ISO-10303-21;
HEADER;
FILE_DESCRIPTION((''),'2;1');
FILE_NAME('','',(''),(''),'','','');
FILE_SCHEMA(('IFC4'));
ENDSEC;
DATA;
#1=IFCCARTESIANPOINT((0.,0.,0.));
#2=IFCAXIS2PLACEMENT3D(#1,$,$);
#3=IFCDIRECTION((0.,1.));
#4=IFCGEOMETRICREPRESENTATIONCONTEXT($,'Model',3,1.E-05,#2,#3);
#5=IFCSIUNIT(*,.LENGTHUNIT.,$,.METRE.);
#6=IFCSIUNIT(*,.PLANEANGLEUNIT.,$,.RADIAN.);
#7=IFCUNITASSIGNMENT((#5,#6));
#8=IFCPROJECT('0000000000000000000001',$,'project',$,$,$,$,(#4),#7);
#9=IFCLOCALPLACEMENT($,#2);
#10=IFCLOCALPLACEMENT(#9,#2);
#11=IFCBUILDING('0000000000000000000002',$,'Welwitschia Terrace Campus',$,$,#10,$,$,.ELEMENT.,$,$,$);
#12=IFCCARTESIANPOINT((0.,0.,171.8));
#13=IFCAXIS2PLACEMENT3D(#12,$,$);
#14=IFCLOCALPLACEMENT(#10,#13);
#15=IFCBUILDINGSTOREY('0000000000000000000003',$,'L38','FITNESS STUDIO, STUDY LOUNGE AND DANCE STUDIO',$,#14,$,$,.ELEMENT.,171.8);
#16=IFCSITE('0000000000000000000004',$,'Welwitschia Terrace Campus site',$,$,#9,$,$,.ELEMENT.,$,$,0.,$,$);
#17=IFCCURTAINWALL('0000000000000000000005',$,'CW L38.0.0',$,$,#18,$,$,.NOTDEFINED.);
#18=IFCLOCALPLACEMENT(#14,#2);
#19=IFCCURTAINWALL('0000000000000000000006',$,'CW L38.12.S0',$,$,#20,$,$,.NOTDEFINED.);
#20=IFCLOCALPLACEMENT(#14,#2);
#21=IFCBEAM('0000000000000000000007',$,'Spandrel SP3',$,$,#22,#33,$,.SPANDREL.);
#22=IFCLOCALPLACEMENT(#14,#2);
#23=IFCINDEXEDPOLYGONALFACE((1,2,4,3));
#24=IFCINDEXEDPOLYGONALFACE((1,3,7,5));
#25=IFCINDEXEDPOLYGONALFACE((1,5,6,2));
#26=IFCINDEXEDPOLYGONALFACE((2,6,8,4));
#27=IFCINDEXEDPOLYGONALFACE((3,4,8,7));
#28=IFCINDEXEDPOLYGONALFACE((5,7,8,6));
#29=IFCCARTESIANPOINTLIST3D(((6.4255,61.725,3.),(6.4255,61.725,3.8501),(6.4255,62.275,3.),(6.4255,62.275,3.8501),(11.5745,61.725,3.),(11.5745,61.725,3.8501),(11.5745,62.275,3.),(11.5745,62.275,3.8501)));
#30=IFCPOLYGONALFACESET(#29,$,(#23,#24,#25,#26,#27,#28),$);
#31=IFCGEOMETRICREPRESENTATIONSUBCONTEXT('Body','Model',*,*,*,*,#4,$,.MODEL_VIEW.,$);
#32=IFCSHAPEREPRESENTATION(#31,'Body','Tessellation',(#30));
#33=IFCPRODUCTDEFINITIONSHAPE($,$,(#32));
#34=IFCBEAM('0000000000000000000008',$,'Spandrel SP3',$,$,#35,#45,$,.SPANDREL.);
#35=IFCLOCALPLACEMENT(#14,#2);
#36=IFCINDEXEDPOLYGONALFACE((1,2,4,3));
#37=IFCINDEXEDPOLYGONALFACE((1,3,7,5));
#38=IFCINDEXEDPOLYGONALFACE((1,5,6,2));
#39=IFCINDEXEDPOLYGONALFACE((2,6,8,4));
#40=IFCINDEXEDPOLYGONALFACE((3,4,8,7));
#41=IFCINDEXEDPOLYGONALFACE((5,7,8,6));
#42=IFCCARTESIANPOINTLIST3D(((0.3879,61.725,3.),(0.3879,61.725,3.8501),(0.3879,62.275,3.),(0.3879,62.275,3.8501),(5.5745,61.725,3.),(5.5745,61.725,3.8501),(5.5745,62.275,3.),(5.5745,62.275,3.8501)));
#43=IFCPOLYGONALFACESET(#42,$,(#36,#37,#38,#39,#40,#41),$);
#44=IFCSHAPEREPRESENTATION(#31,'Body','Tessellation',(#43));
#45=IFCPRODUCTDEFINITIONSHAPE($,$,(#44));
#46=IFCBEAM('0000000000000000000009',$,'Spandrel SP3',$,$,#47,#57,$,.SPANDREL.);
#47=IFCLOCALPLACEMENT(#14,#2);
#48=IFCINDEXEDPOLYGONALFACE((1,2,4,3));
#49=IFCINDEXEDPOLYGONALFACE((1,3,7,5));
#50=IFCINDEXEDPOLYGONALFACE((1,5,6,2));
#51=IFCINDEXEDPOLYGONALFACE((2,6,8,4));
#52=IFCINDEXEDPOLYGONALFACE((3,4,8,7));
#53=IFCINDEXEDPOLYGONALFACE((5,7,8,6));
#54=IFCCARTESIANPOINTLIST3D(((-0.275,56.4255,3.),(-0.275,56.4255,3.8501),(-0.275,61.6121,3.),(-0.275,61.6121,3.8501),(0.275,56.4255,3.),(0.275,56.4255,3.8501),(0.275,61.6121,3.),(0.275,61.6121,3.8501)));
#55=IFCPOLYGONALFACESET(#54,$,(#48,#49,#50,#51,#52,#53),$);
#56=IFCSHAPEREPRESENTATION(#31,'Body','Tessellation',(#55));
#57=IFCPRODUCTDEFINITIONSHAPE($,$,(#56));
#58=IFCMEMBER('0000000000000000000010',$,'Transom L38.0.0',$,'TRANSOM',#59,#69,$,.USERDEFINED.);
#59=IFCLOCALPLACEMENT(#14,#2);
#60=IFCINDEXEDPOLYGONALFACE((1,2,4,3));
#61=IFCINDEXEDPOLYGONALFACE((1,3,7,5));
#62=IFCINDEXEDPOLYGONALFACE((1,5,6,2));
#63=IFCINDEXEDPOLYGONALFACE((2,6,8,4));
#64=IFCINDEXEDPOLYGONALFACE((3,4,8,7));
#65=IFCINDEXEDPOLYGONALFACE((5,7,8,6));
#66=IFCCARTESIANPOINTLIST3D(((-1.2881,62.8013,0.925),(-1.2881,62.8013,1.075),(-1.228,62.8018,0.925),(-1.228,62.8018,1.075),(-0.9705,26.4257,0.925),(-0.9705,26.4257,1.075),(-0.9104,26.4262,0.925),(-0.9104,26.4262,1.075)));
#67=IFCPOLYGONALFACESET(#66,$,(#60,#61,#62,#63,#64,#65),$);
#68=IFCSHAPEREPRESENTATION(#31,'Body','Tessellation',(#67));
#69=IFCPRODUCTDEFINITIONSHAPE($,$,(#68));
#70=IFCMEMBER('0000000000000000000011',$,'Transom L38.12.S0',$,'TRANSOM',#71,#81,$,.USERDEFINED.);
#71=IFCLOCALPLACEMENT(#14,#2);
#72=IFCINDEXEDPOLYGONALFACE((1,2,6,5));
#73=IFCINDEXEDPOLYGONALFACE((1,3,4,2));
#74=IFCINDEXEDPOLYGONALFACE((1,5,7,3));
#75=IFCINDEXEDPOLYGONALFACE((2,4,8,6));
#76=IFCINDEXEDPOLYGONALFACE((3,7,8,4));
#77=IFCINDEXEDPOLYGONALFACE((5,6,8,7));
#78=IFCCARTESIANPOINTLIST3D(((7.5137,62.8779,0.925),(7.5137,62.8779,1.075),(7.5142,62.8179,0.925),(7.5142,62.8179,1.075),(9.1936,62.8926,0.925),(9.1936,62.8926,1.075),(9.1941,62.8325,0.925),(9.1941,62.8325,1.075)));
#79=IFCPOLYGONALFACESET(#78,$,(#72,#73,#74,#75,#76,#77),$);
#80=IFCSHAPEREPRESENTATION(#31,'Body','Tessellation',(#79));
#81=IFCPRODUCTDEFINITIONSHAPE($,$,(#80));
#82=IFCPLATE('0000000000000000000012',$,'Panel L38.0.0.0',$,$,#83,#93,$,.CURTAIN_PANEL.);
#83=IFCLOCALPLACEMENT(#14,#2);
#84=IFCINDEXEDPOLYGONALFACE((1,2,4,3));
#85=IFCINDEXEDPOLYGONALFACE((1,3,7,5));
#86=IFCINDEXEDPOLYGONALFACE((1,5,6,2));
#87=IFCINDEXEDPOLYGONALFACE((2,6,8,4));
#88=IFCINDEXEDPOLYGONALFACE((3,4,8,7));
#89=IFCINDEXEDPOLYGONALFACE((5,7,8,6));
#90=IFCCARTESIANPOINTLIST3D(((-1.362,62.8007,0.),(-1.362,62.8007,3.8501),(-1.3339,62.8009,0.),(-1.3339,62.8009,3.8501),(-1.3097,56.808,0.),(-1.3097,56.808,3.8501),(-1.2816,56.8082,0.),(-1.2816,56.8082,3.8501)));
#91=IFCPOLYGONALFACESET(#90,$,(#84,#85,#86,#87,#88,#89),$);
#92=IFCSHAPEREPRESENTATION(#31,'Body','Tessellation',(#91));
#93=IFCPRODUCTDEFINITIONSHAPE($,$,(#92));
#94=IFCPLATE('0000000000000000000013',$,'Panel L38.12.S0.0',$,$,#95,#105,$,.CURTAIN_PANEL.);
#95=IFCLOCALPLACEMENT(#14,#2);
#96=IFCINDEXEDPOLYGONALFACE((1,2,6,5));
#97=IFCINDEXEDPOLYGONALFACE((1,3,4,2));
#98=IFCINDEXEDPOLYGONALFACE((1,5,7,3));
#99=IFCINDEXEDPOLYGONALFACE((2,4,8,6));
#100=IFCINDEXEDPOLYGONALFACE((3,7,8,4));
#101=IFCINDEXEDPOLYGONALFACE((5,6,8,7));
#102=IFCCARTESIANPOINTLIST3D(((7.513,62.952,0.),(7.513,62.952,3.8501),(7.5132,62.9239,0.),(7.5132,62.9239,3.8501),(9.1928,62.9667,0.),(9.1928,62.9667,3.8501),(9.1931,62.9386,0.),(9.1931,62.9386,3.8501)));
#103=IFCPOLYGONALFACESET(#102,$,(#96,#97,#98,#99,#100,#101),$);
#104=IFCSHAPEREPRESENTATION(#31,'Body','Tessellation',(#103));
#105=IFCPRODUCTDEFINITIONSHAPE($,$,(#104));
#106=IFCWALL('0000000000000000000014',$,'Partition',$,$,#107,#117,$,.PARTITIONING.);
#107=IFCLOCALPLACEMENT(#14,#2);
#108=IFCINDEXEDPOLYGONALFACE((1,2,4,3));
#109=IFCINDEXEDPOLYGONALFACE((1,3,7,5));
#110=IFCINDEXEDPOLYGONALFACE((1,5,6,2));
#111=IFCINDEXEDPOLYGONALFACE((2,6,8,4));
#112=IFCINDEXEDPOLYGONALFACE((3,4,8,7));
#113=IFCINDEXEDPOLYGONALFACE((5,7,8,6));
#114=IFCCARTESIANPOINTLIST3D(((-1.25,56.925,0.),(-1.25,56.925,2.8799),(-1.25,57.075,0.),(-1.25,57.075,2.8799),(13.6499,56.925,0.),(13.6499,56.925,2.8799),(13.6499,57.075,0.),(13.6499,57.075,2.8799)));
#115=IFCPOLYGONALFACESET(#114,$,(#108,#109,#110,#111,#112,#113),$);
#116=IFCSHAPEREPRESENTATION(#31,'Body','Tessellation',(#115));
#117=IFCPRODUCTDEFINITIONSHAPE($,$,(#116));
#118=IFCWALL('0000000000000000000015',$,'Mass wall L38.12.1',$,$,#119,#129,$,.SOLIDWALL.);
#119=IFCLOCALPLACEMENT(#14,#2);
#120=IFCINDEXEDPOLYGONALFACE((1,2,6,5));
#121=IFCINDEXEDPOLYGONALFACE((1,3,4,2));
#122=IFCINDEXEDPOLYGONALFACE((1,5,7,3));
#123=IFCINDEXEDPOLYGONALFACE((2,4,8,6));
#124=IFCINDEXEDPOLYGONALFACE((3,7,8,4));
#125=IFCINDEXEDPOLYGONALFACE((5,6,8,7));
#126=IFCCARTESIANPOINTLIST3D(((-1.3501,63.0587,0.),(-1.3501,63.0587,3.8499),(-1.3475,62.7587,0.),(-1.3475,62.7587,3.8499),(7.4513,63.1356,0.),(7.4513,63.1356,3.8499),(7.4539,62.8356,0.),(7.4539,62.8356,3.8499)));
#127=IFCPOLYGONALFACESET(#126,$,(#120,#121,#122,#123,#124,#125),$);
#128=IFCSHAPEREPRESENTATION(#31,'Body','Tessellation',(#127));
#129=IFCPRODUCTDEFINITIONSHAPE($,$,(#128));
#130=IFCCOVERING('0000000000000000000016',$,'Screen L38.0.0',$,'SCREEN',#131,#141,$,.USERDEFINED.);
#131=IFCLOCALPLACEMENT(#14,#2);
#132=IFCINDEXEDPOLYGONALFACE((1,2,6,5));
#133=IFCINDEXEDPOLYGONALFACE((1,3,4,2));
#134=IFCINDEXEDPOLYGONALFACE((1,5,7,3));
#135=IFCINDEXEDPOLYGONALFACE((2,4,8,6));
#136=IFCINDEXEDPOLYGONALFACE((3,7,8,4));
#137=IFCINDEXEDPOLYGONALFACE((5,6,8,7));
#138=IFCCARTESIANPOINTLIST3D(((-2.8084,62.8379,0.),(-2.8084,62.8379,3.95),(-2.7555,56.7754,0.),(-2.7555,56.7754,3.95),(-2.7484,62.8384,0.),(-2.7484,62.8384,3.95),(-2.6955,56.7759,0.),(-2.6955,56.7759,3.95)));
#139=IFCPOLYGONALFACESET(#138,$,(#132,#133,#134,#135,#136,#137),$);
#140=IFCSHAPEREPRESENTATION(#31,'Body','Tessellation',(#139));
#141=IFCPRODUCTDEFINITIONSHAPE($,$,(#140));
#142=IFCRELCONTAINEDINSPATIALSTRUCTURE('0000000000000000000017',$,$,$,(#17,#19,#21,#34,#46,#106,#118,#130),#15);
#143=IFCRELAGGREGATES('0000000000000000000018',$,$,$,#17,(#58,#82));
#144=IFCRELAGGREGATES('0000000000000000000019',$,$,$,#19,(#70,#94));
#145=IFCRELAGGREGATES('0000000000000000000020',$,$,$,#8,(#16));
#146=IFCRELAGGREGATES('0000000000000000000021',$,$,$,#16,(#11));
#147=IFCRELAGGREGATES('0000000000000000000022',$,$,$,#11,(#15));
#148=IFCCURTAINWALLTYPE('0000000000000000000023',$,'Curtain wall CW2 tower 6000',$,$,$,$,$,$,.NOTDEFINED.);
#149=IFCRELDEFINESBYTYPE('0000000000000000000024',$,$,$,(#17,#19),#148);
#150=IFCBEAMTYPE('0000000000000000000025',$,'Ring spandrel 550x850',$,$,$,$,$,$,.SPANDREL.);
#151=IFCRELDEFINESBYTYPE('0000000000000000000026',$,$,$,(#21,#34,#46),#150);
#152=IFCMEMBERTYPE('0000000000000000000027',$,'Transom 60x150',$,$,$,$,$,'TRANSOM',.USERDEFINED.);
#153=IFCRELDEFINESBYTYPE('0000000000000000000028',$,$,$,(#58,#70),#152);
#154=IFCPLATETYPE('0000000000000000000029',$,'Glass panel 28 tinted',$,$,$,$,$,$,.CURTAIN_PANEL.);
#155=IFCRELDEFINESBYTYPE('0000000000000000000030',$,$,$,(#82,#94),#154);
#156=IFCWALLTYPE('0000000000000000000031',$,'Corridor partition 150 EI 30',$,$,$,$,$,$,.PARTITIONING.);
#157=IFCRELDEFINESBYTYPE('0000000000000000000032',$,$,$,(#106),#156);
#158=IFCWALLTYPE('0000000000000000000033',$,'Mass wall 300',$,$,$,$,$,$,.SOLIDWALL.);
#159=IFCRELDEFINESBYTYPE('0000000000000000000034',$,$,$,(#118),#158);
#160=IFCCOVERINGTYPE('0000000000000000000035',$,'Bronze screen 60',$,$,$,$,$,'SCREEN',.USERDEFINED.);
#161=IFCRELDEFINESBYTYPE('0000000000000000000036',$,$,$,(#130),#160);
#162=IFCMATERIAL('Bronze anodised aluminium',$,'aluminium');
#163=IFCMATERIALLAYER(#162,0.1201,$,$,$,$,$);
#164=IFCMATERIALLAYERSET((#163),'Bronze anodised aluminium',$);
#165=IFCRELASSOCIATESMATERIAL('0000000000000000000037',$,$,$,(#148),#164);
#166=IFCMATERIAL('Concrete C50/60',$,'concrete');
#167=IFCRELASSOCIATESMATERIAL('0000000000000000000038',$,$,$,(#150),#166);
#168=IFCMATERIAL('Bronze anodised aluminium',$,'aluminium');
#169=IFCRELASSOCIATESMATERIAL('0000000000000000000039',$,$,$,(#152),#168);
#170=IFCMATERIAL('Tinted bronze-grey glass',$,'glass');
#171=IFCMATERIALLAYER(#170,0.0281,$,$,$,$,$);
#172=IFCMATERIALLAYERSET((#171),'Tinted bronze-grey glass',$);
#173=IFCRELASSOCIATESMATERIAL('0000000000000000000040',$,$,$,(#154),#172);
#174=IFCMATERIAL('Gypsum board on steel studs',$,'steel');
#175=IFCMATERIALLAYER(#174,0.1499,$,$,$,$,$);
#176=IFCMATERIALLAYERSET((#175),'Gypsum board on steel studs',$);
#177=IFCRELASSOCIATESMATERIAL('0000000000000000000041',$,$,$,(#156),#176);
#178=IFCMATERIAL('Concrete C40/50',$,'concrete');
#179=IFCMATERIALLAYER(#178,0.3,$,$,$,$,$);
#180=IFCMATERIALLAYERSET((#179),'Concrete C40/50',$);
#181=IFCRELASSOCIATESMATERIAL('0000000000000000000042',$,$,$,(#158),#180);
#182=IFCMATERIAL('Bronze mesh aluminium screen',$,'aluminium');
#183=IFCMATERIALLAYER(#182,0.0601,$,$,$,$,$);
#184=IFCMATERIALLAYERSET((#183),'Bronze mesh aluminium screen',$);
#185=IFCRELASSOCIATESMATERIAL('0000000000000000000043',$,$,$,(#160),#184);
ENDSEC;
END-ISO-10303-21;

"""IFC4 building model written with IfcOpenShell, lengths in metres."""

from ifc_helpers import new_model, si_unit, direction, frame, frame_2d, origin, origin_2d, place, context, subcontext, project, spatial, rectangle, extrude, material, layer, layer_set, material_profile, profile_set, type_object, element, aggregate, save


model = new_model("IFC4")

# Units and contexts
model_context = context("Model", 3, precision=1e-05, world=origin(), true_north=direction((0.0, 1.0)))
body_context = subcontext(model_context, "Body", "Model", "MODEL_VIEW")
ifc_project = project(units=[si_unit("LENGTHUNIT", "METRE"), si_unit("PLANEANGLEUNIT", "RADIAN")], contexts=[model_context])

# Site, building, storey
site_placement = place(None, origin())
site = spatial("IfcSite", under=ifc_project, at=site_placement, Name="Welwitschia Terrace Campus site", CompositionType="ELEMENT", RefElevation=0.0)
building_placement = place(site_placement, origin())
building = spatial("IfcBuilding", under=site, at=building_placement, Name="Welwitschia Terrace Campus", CompositionType="ELEMENT")
storey_placement = place(building_placement, frame((0.0, 0.0, 171.8)))
storey = spatial("IfcBuildingStorey", under=building, at=storey_placement, Name="L38", Description="FITNESS STUDIO, STUDY LOUNGE AND DANCE STUDIO", CompositionType="ELEMENT", Elevation=171.8)

# Curtain walls
ifc_material_1 = material(Name="Bronze anodised aluminium", Category="aluminium")
ifc_layer_1 = layer(ifc_material_1, 0.1201)
ifc_layer_set_1 = layer_set([ifc_layer_1], Name="Bronze anodised aluminium")
curtain_wall_type = type_object("IfcCurtainWallType", Name="Curtain wall CW2 tower 6000", PredefinedType="NOTDEFINED", material=ifc_layer_set_1)
curtain_wall_1_placement = place(storey_placement, origin())
curtain_wall_1 = element("IfcCurtainWall", 1, at=curtain_wall_1_placement, inside=storey, type_object=curtain_wall_type, Name="CW L38.0.0", PredefinedType="NOTDEFINED")
curtain_wall_2_placement = place(storey_placement, origin())
curtain_wall_2 = element("IfcCurtainWall", 2, at=curtain_wall_2_placement, inside=storey, type_object=curtain_wall_type, Name="CW L38.12.S0", PredefinedType="NOTDEFINED")

# Beams
ifc_material_2 = material(Name="Concrete C50/60", Category="concrete")
ifc_material_profile_1 = material_profile(ifc_material_2, rectangle(XDim=0.55, YDim=0.8501, at=origin_2d()))
ifc_profile_set_1 = profile_set([ifc_material_profile_1], Name="Concrete C50/60")
beam_type_1 = type_object("IfcBeamType", Name="Ring spandrel 550x850", PredefinedType="SPANDREL", material=ifc_profile_set_1)
beam_1_placement = place(storey_placement, frame((11.5745, 62.0, 3.425), z_axis=(-1.0, 0.0, 0.0), x_axis=(0.0, -1.0, 0.0)))
element("IfcBeam", 3, at=beam_1_placement, inside=storey, type_object=beam_type_1, Name="Spandrel SP3", PredefinedType="SPANDREL", context=body_context, shape_type="SweptSolid", body=[
    extrude(rectangle(XDim=0.55, YDim=0.8501, at=origin_2d()), origin(), (0.0, 0.0, 1.0), 5.1489),
])
for number, where, z_axis, x_axis, name in (
    (4, (5.5745, 62.0, 3.425), (-1.0, 0.0, 0.0), (0.0, -1.0, 0.0), "Spandrel SP3"),
    (5, (0.0, 61.6121, 3.425), (0.0, -1.0, 0.0), (1.0, 0.0, 0.0), "Spandrel SP3"),
):
    element("IfcBeam", number, at=place(storey_placement, frame(where, z_axis=z_axis, x_axis=x_axis)), inside=storey, type_object=beam_type_1, Name=name, PredefinedType="SPANDREL", context=body_context, shape_type="SweptSolid", body=[
        extrude(rectangle(XDim=0.55, YDim=0.8501, at=origin_2d()), origin(), (0.0, 0.0, 1.0), 5.1865),
    ])

# Members
ifc_material_3 = material(Name="Bronze anodised aluminium", Category="aluminium")
ifc_material_profile_2 = material_profile(ifc_material_3, rectangle(XDim=0.0601, YDim=0.1499, at=origin_2d()))
ifc_profile_set_2 = profile_set([ifc_material_profile_2], Name="Bronze anodised aluminium")
member_type_1 = type_object("IfcMemberType", Name="Transom 60x150", ElementType="TRANSOM", PredefinedType="USERDEFINED", material=ifc_profile_set_2)
member_1_placement = place(storey_placement, frame((-1.2581, 62.8015, 1.0), z_axis=(0.008732, -0.999962, 0.0), x_axis=(0.999962, 0.008732, 0.0)))
member_1 = element("IfcMember", 6, at=member_1_placement, type_object=member_type_1, Name="Transom L38.0.0", ObjectType="TRANSOM", PredefinedType="USERDEFINED", context=body_context, shape_type="SweptSolid", body=[
    extrude(rectangle(XDim=0.0601, YDim=0.1499, at=origin_2d()), origin(), (0.0, 0.0, 1.0), 36.377),
])
member_2_placement = place(storey_placement, frame((9.1938, 62.8625, 1.0), z_axis=(-0.999962, -0.008719, 0.0), x_axis=(0.008719, -0.999962, 0.0)))
member_2 = element("IfcMember", 7, at=member_2_placement, type_object=member_type_1, Name="Transom L38.12.S0", ObjectType="TRANSOM", PredefinedType="USERDEFINED", context=body_context, shape_type="SweptSolid", body=[
    extrude(rectangle(XDim=0.0601, YDim=0.1499, at=origin_2d()), origin(), (0.0, 0.0, 1.0), 1.6799),
])

# Plates
ifc_material_4 = material(Name="Tinted bronze-grey glass", Category="glass")
ifc_layer_2 = layer(ifc_material_4, 0.0281)
ifc_layer_set_2 = layer_set([ifc_layer_2], Name="Tinted bronze-grey glass")
plate_type = type_object("IfcPlateType", Name="Glass panel 28 tinted", PredefinedType="CURTAIN_PANEL", material=ifc_layer_set_2)
plate_1_placement = place(storey_placement, frame((-1.3218, 59.8044, 0.0), z_axis=(0.0, 0.0, 1.0), x_axis=(0.008727, -0.999962, 0.0)))
plate_1 = element("IfcPlate", 8, at=plate_1_placement, type_object=plate_type, Name="Panel L38.0.0.0", PredefinedType="CURTAIN_PANEL", context=body_context, shape_type="SweptSolid", body=[
    extrude(rectangle(XDim=5.9929, YDim=0.0281, at=origin_2d()), origin(), (0.0, 0.0, 1.0), 3.8501),
])
aggregate(curtain_wall_1, [member_1, plate_1])
plate_2_placement = place(storey_placement, frame((8.353, 62.9453, 0.0), z_axis=(0.0, 0.0, 1.0), x_axis=(-0.999962, -0.008727, 0.0)))
plate_2 = element("IfcPlate", 9, at=plate_2_placement, type_object=plate_type, Name="Panel L38.12.S0.0", PredefinedType="CURTAIN_PANEL", context=body_context, shape_type="SweptSolid", body=[
    extrude(rectangle(XDim=1.6799, YDim=0.0281, at=origin_2d()), origin(), (0.0, 0.0, 1.0), 3.8501),
])
aggregate(curtain_wall_2, [member_2, plate_2])

# Walls
ifc_material_5 = material(Name="Gypsum board on steel studs", Category="steel")
ifc_layer_3 = layer(ifc_material_5, 0.1499)
ifc_layer_set_3 = layer_set([ifc_layer_3], Name="Gypsum board on steel studs")
wall_type_1 = type_object("IfcWallType", Name="Corridor partition 150 EI 30", PredefinedType="PARTITIONING", material=ifc_layer_set_3)
wall_1_placement = place(storey_placement, frame((-1.25, 57.0, 0.0), z_axis=(0.0, 0.0, 1.0), x_axis=(1.0, 0.0, 0.0)))
element("IfcWall", 10, at=wall_1_placement, inside=storey, type_object=wall_type_1, Name="Partition", PredefinedType="PARTITIONING", context=body_context, shape_type="SweptSolid", body=[
    extrude(rectangle(XDim=14.8999, YDim=0.1499, at=frame_2d((7.45, 0.0))), origin(), (0.0, 0.0, 1.0), 2.8799),
])
ifc_material_6 = material(Name="Concrete C40/50", Category="concrete")
ifc_layer_4 = layer(ifc_material_6, 0.3)
ifc_layer_set_4 = layer_set([ifc_layer_4], Name="Concrete C40/50")
wall_type_2 = type_object("IfcWallType", Name="Mass wall 300", PredefinedType="SOLIDWALL", material=ifc_layer_set_4)
wall_2_placement = place(storey_placement, frame((7.4526, 62.9856, 0.0), z_axis=(0.0, 0.0, 1.0), x_axis=(-0.999962, -0.008737, 0.0)))
element("IfcWall", 11, at=wall_2_placement, inside=storey, type_object=wall_type_2, Name="Mass wall L38.12.1", PredefinedType="SOLIDWALL", context=body_context, shape_type="SweptSolid", body=[
    extrude(rectangle(XDim=8.8018, YDim=0.3, at=frame_2d((4.4009, 0.0))), origin(), (0.0, 0.0, 1.0), 3.8499),
])

# Covering
ifc_material_7 = material(Name="Bronze mesh aluminium screen", Category="aluminium")
ifc_layer_5 = layer(ifc_material_7, 0.0601)
ifc_layer_set_5 = layer_set([ifc_layer_5], Name="Bronze mesh aluminium screen")
covering_type = type_object("IfcCoveringType", Name="Bronze screen 60", ElementType="SCREEN", PredefinedType="USERDEFINED", material=ifc_layer_set_5)
covering_placement = place(storey_placement, frame((-2.752, 59.8069, 0.0), z_axis=(0.0, 0.0, 1.0), x_axis=(0.008727, -0.999962, 0.0)))
element("IfcCovering", 12, at=covering_placement, inside=storey, type_object=covering_type, Name="Screen L38.0.0", ObjectType="SCREEN", PredefinedType="USERDEFINED", context=body_context, shape_type="SweptSolid", body=[
    extrude(rectangle(XDim=6.0627, YDim=0.0601, at=origin_2d()), origin(), (0.0, 0.0, 1.0), 3.95),
])

save(model, "model.ifc")
